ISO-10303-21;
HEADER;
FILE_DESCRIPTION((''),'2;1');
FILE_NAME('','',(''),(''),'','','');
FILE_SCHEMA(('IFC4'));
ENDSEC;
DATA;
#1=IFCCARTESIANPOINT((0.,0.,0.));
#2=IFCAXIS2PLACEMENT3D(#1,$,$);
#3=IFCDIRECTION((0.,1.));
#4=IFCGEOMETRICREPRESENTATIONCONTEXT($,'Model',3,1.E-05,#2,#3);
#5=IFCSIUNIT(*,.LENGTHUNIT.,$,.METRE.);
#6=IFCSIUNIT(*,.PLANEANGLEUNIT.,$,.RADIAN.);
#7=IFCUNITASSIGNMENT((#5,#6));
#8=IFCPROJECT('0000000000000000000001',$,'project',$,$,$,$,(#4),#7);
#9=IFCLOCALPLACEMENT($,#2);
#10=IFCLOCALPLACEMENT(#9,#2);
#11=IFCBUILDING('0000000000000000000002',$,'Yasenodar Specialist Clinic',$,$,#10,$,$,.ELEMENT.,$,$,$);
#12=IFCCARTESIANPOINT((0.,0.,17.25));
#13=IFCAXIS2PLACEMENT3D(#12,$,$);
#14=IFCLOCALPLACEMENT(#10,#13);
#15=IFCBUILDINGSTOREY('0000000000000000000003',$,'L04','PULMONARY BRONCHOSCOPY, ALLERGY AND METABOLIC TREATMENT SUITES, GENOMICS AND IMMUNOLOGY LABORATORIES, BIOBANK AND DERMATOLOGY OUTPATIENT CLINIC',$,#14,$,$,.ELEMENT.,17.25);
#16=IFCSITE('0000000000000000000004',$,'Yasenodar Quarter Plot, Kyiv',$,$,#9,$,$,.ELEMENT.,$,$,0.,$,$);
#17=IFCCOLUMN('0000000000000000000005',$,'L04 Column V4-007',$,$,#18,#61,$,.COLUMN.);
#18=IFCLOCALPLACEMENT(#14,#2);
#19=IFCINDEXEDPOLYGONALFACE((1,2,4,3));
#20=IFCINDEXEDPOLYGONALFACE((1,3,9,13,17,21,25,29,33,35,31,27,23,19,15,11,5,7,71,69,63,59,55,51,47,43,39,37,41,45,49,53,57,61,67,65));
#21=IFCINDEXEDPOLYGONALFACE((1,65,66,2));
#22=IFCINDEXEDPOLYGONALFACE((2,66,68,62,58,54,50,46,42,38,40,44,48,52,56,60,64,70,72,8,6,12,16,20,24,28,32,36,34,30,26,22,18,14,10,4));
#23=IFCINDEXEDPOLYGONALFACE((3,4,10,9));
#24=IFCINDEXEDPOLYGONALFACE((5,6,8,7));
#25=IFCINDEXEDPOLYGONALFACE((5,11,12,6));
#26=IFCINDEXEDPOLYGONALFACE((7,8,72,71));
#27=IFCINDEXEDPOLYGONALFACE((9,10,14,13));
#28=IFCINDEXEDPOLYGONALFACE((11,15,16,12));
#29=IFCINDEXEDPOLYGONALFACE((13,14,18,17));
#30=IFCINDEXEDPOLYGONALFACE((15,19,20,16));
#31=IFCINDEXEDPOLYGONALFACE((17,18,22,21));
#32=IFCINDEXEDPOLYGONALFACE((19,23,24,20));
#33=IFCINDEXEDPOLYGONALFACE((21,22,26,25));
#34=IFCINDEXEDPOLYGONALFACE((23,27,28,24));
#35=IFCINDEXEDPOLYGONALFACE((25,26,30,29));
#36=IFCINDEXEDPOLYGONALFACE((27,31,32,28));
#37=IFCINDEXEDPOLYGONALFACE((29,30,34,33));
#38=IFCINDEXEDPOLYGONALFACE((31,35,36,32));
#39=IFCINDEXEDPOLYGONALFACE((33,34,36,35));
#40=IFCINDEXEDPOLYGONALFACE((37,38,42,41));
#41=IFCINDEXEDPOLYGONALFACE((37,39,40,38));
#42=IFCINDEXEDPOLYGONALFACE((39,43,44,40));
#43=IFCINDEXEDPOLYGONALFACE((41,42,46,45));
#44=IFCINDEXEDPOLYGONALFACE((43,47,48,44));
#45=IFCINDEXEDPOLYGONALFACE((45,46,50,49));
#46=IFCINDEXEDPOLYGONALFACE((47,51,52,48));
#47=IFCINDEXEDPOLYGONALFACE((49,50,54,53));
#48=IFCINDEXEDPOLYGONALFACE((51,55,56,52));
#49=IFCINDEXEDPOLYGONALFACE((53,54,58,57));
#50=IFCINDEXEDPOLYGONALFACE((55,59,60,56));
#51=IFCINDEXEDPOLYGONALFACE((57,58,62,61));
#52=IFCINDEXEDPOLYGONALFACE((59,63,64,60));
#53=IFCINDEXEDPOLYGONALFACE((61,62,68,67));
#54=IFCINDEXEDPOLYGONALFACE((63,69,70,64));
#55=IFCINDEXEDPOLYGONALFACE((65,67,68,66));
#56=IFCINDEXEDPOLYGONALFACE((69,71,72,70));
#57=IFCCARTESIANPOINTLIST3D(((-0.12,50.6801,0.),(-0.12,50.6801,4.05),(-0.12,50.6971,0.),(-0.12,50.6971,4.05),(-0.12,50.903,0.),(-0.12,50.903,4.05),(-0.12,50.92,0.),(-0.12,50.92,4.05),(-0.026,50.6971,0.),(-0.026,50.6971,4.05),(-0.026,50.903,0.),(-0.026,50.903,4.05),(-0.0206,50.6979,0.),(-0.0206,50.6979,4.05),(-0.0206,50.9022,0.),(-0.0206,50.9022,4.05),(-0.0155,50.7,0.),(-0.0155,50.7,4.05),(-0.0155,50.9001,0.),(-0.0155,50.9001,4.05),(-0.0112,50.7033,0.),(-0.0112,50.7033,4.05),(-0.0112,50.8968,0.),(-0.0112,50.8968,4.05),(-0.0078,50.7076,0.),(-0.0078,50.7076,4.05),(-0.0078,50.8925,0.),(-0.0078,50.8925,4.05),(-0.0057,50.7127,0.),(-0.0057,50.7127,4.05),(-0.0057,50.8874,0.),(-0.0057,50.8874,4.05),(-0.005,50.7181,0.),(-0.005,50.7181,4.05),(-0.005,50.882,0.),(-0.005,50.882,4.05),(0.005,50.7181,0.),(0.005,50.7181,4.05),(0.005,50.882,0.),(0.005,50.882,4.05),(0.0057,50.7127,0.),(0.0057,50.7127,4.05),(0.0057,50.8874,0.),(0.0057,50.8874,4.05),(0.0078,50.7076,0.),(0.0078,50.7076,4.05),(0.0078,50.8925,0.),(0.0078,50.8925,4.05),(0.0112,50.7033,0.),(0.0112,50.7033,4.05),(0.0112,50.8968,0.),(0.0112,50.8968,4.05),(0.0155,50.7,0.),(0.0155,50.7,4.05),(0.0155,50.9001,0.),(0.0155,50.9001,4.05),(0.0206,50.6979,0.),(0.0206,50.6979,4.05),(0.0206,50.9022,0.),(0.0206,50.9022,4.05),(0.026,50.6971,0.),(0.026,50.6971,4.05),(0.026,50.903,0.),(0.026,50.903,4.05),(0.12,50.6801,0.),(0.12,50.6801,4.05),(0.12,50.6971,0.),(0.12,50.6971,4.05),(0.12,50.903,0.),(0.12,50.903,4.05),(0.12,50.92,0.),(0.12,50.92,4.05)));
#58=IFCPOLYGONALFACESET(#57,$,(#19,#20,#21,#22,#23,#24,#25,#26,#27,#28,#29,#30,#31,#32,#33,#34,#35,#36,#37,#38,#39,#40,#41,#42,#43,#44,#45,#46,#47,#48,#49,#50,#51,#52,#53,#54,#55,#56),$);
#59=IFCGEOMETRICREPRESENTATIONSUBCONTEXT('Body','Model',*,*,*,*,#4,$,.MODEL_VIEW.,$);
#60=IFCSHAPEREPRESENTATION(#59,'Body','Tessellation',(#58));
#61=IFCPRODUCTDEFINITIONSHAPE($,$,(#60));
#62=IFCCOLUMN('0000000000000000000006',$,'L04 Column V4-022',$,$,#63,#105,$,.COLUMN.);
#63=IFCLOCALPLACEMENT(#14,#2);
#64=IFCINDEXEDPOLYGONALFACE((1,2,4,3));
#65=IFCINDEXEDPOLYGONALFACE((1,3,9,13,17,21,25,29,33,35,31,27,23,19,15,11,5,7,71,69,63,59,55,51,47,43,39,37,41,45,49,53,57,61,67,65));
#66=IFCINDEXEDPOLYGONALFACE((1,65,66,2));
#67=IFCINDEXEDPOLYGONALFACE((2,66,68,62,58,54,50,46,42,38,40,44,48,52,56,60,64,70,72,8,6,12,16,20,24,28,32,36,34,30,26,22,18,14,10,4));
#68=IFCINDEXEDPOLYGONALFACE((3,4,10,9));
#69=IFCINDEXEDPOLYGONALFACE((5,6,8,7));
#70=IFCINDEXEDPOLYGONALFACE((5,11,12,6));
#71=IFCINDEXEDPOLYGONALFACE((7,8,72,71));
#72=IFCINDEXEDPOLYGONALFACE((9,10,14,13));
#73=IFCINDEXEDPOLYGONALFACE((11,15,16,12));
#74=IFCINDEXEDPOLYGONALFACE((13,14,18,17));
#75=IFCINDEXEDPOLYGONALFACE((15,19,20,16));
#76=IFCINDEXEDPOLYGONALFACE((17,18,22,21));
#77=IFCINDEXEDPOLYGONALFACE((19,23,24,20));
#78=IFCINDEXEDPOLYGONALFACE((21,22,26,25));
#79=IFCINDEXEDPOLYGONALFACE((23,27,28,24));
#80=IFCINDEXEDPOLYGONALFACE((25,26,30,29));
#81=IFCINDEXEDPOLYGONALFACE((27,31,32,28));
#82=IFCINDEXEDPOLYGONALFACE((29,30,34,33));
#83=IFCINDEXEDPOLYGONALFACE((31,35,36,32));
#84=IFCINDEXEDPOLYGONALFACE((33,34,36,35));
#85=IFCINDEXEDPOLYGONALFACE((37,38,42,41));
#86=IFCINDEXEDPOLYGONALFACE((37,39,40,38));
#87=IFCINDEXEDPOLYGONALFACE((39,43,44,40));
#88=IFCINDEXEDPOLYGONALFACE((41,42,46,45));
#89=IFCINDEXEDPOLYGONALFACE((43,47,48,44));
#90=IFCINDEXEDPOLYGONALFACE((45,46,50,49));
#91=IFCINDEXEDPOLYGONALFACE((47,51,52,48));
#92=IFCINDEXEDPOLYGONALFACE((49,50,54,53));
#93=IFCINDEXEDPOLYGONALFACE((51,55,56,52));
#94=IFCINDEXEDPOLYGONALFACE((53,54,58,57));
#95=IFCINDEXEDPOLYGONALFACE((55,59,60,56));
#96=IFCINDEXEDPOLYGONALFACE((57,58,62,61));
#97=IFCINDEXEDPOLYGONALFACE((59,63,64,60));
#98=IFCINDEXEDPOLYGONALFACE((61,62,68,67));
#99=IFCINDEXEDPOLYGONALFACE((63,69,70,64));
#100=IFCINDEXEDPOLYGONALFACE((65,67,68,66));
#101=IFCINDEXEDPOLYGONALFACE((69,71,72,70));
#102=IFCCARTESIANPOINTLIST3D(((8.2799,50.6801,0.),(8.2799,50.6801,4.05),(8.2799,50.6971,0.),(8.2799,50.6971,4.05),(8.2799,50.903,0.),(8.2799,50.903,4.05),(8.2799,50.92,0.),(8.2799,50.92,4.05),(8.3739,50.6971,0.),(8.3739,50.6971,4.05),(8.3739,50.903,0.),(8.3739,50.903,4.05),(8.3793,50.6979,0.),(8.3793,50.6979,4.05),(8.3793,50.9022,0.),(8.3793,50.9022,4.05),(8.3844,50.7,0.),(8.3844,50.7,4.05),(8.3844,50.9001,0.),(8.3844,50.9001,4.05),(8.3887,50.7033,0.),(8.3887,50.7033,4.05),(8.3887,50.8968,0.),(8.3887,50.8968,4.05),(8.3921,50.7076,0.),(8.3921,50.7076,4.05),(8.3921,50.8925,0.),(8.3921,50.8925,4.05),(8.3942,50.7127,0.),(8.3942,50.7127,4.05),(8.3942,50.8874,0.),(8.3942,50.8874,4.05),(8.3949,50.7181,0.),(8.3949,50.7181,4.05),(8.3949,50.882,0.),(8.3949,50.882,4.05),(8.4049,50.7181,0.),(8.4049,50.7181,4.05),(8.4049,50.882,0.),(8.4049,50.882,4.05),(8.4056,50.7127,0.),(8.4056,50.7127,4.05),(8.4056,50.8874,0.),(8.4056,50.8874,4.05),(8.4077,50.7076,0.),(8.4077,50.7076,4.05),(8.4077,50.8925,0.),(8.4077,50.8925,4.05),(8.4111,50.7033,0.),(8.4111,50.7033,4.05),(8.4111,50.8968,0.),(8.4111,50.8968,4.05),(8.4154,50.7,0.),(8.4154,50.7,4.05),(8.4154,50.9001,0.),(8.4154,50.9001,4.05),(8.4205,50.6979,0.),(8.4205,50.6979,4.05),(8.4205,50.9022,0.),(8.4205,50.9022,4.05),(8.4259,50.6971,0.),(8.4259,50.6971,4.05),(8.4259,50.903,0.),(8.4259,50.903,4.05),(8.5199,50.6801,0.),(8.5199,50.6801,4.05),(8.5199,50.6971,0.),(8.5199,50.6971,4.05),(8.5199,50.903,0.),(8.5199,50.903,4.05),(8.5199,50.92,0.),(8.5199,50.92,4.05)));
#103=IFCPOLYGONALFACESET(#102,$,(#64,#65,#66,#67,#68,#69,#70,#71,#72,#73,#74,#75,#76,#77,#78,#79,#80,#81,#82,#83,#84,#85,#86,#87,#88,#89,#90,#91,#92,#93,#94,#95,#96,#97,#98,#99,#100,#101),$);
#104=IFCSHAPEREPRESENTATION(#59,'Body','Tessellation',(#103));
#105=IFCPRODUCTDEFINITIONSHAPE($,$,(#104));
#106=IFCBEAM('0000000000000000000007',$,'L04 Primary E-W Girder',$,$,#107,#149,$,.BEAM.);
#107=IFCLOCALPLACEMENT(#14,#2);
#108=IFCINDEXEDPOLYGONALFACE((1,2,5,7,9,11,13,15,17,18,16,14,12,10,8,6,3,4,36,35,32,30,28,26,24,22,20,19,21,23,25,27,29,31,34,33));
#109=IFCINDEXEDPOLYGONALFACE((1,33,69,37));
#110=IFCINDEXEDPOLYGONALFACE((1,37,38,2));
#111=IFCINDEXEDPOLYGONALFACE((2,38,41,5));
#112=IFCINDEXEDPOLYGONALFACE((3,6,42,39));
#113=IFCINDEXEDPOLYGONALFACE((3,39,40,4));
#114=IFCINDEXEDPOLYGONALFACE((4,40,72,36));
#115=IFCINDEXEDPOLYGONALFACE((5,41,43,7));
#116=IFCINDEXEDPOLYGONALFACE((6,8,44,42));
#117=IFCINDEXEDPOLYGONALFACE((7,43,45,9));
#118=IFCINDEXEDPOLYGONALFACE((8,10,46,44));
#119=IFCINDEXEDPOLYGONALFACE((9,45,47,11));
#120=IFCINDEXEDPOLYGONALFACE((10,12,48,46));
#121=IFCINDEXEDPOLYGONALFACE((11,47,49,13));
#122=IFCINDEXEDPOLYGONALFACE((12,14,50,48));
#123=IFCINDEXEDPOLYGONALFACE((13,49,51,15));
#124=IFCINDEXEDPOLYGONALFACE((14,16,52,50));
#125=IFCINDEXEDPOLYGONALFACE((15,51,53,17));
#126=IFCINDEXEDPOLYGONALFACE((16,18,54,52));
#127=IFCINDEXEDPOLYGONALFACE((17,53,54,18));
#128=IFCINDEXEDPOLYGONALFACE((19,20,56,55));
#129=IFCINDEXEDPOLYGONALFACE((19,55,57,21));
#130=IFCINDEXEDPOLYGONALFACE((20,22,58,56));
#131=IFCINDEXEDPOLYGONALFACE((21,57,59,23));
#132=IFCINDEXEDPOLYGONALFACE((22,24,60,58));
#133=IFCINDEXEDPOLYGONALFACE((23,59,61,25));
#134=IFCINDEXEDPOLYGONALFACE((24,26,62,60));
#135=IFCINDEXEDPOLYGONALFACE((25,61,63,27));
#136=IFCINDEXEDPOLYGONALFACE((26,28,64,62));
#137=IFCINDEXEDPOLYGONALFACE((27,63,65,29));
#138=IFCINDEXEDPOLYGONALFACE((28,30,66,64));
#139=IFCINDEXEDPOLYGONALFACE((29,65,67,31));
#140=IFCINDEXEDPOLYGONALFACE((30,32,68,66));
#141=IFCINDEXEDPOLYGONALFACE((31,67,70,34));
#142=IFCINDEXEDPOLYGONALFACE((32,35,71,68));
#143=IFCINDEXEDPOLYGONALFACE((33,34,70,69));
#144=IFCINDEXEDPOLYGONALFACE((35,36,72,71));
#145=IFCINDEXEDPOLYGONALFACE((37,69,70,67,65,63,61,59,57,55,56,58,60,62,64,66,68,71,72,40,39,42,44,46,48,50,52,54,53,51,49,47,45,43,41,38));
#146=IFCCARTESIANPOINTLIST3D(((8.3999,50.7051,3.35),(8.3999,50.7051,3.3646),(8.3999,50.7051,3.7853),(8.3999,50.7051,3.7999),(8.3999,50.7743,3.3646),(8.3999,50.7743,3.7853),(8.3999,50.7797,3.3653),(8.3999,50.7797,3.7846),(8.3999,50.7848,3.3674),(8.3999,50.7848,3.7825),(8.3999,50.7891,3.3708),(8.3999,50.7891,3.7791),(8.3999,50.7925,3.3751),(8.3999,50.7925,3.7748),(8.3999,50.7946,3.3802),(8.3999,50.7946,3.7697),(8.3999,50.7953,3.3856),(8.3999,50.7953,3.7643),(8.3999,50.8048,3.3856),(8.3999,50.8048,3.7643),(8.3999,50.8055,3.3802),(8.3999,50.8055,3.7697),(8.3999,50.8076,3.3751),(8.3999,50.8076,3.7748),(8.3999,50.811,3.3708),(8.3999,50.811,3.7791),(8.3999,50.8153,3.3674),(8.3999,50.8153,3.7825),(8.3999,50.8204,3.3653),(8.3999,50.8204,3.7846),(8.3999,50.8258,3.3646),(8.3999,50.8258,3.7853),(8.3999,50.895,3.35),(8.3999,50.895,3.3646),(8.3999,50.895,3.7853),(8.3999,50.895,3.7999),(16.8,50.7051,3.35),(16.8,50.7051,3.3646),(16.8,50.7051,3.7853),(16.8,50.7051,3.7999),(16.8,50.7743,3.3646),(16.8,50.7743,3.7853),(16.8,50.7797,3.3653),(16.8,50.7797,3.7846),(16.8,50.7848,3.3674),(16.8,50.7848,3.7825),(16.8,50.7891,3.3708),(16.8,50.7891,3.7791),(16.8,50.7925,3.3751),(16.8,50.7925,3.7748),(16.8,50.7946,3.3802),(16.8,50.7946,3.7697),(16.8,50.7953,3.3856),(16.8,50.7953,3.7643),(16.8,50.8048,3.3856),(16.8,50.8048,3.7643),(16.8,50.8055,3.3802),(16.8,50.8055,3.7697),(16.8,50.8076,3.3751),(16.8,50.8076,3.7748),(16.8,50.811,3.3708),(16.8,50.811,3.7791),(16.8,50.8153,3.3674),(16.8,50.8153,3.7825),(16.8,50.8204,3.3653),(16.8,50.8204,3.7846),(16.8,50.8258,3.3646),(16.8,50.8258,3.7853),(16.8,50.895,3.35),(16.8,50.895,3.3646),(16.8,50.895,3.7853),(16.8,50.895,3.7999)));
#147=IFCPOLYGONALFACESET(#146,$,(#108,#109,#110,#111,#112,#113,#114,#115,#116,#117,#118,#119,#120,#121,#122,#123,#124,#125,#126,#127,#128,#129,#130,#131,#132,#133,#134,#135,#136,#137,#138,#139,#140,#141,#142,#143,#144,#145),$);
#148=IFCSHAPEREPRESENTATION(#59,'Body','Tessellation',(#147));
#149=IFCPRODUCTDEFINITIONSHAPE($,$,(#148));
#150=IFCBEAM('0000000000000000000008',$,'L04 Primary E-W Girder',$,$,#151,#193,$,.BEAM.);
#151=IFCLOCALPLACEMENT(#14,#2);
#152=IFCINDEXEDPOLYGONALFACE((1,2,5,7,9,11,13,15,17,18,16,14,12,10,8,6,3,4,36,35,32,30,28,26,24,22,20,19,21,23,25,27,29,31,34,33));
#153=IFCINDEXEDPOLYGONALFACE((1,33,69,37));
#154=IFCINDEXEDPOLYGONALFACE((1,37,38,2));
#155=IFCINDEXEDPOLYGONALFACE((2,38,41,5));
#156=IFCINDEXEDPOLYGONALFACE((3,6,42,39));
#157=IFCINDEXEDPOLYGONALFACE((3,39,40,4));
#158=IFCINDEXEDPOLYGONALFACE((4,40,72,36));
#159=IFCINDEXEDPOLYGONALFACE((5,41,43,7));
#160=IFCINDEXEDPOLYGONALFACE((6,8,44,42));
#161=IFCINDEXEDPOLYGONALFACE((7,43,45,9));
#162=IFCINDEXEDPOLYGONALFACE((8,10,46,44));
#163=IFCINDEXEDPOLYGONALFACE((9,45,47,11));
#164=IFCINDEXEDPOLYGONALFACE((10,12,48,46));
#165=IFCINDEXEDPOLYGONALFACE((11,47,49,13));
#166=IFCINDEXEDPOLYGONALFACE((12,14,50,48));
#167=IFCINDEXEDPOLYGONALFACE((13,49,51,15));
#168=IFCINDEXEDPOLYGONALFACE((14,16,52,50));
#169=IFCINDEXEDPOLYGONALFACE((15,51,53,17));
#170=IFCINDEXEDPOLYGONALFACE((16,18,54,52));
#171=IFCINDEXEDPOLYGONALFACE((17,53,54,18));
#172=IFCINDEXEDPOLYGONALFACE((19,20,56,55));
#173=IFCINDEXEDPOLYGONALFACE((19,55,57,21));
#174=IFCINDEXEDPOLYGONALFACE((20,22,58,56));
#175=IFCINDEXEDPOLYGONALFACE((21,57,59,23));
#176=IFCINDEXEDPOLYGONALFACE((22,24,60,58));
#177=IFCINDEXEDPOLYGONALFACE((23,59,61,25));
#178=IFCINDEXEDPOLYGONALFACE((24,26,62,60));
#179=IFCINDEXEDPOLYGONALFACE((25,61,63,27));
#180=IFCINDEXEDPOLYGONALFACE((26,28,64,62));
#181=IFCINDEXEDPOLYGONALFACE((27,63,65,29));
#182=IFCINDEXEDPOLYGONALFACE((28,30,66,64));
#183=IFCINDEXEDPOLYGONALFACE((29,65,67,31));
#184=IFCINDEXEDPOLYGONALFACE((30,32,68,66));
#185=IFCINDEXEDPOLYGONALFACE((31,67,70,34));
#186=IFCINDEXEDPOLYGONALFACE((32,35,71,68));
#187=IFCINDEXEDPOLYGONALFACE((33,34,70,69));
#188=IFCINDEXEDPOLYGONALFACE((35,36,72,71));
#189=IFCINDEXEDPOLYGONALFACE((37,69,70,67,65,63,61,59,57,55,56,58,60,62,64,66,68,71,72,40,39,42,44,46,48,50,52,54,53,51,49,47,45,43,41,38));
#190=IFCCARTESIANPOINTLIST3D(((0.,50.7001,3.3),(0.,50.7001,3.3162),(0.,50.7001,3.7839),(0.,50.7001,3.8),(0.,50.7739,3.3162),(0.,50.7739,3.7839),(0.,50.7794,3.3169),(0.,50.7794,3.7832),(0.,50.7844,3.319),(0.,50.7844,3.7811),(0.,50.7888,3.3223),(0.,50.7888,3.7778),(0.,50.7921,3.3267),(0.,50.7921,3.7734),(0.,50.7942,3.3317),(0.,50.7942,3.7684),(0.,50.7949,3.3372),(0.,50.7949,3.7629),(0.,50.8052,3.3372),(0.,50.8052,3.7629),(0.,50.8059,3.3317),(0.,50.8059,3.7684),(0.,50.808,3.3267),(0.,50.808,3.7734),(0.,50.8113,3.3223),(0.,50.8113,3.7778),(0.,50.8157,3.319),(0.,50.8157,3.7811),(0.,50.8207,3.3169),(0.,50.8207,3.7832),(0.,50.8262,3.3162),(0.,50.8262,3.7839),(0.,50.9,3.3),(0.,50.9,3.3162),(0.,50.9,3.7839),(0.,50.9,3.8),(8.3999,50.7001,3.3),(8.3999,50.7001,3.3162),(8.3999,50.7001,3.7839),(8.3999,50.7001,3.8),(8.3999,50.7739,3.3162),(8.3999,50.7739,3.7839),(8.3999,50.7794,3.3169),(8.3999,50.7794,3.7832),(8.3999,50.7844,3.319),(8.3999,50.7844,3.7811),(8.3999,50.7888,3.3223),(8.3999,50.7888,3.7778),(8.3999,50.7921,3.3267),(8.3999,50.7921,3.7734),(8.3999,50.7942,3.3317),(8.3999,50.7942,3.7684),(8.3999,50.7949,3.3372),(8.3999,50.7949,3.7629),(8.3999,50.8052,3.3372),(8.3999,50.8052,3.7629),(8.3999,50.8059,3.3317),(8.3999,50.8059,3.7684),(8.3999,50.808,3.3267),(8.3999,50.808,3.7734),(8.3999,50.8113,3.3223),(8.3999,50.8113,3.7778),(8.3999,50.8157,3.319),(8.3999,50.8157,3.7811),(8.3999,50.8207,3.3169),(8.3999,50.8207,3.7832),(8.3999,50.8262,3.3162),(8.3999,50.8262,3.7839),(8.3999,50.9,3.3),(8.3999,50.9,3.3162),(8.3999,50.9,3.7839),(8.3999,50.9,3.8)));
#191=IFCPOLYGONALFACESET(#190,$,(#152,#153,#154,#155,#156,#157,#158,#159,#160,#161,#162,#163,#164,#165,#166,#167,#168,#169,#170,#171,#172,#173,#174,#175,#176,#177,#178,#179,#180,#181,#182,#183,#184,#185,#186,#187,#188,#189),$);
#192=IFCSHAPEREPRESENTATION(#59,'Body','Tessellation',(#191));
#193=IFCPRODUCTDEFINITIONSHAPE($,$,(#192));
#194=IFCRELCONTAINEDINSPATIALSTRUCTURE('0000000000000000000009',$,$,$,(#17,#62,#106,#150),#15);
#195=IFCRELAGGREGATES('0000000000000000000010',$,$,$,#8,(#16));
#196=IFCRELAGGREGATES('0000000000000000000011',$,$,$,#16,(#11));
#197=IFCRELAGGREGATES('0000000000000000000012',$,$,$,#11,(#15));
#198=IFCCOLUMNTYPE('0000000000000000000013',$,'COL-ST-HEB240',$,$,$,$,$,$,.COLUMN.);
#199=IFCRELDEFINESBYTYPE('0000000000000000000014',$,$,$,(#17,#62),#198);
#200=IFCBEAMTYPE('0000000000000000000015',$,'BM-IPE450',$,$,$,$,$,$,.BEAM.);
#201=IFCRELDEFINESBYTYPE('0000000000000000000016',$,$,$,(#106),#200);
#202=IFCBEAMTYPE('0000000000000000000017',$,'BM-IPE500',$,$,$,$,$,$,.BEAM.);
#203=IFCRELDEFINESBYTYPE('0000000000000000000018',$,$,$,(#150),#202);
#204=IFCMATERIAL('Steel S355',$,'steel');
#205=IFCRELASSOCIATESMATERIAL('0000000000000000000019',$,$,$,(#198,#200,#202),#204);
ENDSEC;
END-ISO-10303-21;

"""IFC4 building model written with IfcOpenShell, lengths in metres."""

from ifc_helpers import new_model, si_unit, direction, frame, origin, origin_2d, place, context, subcontext, project, spatial, i_section, extrude, material, material_profile, profile_set, type_object, element, save


model = new_model("IFC4")

# Units and contexts
model_context = context("Model", 3, precision=1e-05, world=origin(), true_north=direction((0.0, 1.0)))
body_context = subcontext(model_context, "Body", "Model", "MODEL_VIEW")
ifc_project = project(units=[si_unit("LENGTHUNIT", "METRE"), si_unit("PLANEANGLEUNIT", "RADIAN")], contexts=[model_context])

# Site, building, storey
site_placement = place(None, origin())
site = spatial("IfcSite", under=ifc_project, at=site_placement, Name="Yasenodar Quarter Plot, Kyiv", CompositionType="ELEMENT", RefElevation=0.0)
building_placement = place(site_placement, origin())
building = spatial("IfcBuilding", under=site, at=building_placement, Name="Yasenodar Specialist Clinic", CompositionType="ELEMENT")
storey_placement = place(building_placement, frame((0.0, 0.0, 17.25)))
storey = spatial("IfcBuildingStorey", under=building, at=storey_placement, Name="L04", Description="PULMONARY BRONCHOSCOPY, ALLERGY AND METABOLIC TREATMENT SUITES, GENOMICS AND IMMUNOLOGY LABORATORIES, BIOBANK AND DERMATOLOGY OUTPATIENT CLINIC", CompositionType="ELEMENT", Elevation=17.25)

# Columns
ifc_material_1 = material(Name="Steel S355", Category="steel")
ifc_material_profile_1 = material_profile(ifc_material_1, i_section(OverallWidth=0.24, OverallDepth=0.24, WebThickness=0.01, FlangeThickness=0.0171, FilletRadius=0.021, at=origin_2d()), Name="HEB 240")
ifc_profile_set_1 = profile_set([ifc_material_profile_1], Name="Steel S355")
column_type = type_object("IfcColumnType", Name="COL-ST-HEB240", PredefinedType="COLUMN", material=ifc_profile_set_1)
for number, where, z_axis, x_axis, name in (
    (1, (0.0, 50.8, 0.0), (0.0, 0.0, 1.0), (1.0, 0.0, 0.0), "L04 Column V4-007"),
    (2, (8.3999, 50.8, 0.0), (0.0, 0.0, 1.0), (1.0, 0.0, 0.0), "L04 Column V4-022"),
):
    element("IfcColumn", number, at=place(storey_placement, frame(where, z_axis=z_axis, x_axis=x_axis)), inside=storey, type_object=column_type, Name=name, PredefinedType="COLUMN", context=body_context, shape_type="SweptSolid", body=[
        extrude(i_section(OverallWidth=0.24, OverallDepth=0.24, WebThickness=0.01, FlangeThickness=0.0171, FilletRadius=0.021, at=origin_2d()), origin(), (0.0, 0.0, 1.0), 4.05),
    ])

# Beams
ifc_material_profile_2 = material_profile(ifc_material_1, i_section(OverallWidth=0.1899, OverallDepth=0.45, WebThickness=0.0095, FlangeThickness=0.0146, FilletRadius=0.021, at=origin_2d()), Name="IPE 450")
ifc_profile_set_2 = profile_set([ifc_material_profile_2], Name="Steel S355")
beam_type_1 = type_object("IfcBeamType", Name="BM-IPE450", PredefinedType="BEAM", material=ifc_profile_set_2)
beam_1_placement = place(storey_placement, frame((8.3999, 50.8, 3.575), z_axis=(1.0, 0.0, 0.0), x_axis=(0.0, 1.0, 0.0)))
element("IfcBeam", 3, at=beam_1_placement, inside=storey, type_object=beam_type_1, Name="L04 Primary E-W Girder", PredefinedType="BEAM", context=body_context, shape_type="SweptSolid", body=[
    extrude(i_section(OverallWidth=0.1899, OverallDepth=0.45, WebThickness=0.0095, FlangeThickness=0.0146, FilletRadius=0.021, at=origin_2d()), origin(), (0.0, 0.0, 1.0), 8.4001),
])
ifc_material_profile_3 = material_profile(ifc_material_1, i_section(OverallWidth=0.2, OverallDepth=0.5, WebThickness=0.0103, FlangeThickness=0.0161, FilletRadius=0.021, at=origin_2d()), Name="IPE 500")
ifc_profile_set_3 = profile_set([ifc_material_profile_3], Name="Steel S355")
beam_type_2 = type_object("IfcBeamType", Name="BM-IPE500", PredefinedType="BEAM", material=ifc_profile_set_3)
beam_2_placement = place(storey_placement, frame((0.0, 50.8, 3.55), z_axis=(1.0, 0.0, 0.0), x_axis=(0.0, 1.0, 0.0)))
element("IfcBeam", 4, at=beam_2_placement, inside=storey, type_object=beam_type_2, Name="L04 Primary E-W Girder", PredefinedType="BEAM", context=body_context, shape_type="SweptSolid", body=[
    extrude(i_section(OverallWidth=0.2, OverallDepth=0.5, WebThickness=0.0103, FlangeThickness=0.0161, FilletRadius=0.021, at=origin_2d()), origin(), (0.0, 0.0, 1.0), 8.3999),
])

save(model, "model.ifc")
